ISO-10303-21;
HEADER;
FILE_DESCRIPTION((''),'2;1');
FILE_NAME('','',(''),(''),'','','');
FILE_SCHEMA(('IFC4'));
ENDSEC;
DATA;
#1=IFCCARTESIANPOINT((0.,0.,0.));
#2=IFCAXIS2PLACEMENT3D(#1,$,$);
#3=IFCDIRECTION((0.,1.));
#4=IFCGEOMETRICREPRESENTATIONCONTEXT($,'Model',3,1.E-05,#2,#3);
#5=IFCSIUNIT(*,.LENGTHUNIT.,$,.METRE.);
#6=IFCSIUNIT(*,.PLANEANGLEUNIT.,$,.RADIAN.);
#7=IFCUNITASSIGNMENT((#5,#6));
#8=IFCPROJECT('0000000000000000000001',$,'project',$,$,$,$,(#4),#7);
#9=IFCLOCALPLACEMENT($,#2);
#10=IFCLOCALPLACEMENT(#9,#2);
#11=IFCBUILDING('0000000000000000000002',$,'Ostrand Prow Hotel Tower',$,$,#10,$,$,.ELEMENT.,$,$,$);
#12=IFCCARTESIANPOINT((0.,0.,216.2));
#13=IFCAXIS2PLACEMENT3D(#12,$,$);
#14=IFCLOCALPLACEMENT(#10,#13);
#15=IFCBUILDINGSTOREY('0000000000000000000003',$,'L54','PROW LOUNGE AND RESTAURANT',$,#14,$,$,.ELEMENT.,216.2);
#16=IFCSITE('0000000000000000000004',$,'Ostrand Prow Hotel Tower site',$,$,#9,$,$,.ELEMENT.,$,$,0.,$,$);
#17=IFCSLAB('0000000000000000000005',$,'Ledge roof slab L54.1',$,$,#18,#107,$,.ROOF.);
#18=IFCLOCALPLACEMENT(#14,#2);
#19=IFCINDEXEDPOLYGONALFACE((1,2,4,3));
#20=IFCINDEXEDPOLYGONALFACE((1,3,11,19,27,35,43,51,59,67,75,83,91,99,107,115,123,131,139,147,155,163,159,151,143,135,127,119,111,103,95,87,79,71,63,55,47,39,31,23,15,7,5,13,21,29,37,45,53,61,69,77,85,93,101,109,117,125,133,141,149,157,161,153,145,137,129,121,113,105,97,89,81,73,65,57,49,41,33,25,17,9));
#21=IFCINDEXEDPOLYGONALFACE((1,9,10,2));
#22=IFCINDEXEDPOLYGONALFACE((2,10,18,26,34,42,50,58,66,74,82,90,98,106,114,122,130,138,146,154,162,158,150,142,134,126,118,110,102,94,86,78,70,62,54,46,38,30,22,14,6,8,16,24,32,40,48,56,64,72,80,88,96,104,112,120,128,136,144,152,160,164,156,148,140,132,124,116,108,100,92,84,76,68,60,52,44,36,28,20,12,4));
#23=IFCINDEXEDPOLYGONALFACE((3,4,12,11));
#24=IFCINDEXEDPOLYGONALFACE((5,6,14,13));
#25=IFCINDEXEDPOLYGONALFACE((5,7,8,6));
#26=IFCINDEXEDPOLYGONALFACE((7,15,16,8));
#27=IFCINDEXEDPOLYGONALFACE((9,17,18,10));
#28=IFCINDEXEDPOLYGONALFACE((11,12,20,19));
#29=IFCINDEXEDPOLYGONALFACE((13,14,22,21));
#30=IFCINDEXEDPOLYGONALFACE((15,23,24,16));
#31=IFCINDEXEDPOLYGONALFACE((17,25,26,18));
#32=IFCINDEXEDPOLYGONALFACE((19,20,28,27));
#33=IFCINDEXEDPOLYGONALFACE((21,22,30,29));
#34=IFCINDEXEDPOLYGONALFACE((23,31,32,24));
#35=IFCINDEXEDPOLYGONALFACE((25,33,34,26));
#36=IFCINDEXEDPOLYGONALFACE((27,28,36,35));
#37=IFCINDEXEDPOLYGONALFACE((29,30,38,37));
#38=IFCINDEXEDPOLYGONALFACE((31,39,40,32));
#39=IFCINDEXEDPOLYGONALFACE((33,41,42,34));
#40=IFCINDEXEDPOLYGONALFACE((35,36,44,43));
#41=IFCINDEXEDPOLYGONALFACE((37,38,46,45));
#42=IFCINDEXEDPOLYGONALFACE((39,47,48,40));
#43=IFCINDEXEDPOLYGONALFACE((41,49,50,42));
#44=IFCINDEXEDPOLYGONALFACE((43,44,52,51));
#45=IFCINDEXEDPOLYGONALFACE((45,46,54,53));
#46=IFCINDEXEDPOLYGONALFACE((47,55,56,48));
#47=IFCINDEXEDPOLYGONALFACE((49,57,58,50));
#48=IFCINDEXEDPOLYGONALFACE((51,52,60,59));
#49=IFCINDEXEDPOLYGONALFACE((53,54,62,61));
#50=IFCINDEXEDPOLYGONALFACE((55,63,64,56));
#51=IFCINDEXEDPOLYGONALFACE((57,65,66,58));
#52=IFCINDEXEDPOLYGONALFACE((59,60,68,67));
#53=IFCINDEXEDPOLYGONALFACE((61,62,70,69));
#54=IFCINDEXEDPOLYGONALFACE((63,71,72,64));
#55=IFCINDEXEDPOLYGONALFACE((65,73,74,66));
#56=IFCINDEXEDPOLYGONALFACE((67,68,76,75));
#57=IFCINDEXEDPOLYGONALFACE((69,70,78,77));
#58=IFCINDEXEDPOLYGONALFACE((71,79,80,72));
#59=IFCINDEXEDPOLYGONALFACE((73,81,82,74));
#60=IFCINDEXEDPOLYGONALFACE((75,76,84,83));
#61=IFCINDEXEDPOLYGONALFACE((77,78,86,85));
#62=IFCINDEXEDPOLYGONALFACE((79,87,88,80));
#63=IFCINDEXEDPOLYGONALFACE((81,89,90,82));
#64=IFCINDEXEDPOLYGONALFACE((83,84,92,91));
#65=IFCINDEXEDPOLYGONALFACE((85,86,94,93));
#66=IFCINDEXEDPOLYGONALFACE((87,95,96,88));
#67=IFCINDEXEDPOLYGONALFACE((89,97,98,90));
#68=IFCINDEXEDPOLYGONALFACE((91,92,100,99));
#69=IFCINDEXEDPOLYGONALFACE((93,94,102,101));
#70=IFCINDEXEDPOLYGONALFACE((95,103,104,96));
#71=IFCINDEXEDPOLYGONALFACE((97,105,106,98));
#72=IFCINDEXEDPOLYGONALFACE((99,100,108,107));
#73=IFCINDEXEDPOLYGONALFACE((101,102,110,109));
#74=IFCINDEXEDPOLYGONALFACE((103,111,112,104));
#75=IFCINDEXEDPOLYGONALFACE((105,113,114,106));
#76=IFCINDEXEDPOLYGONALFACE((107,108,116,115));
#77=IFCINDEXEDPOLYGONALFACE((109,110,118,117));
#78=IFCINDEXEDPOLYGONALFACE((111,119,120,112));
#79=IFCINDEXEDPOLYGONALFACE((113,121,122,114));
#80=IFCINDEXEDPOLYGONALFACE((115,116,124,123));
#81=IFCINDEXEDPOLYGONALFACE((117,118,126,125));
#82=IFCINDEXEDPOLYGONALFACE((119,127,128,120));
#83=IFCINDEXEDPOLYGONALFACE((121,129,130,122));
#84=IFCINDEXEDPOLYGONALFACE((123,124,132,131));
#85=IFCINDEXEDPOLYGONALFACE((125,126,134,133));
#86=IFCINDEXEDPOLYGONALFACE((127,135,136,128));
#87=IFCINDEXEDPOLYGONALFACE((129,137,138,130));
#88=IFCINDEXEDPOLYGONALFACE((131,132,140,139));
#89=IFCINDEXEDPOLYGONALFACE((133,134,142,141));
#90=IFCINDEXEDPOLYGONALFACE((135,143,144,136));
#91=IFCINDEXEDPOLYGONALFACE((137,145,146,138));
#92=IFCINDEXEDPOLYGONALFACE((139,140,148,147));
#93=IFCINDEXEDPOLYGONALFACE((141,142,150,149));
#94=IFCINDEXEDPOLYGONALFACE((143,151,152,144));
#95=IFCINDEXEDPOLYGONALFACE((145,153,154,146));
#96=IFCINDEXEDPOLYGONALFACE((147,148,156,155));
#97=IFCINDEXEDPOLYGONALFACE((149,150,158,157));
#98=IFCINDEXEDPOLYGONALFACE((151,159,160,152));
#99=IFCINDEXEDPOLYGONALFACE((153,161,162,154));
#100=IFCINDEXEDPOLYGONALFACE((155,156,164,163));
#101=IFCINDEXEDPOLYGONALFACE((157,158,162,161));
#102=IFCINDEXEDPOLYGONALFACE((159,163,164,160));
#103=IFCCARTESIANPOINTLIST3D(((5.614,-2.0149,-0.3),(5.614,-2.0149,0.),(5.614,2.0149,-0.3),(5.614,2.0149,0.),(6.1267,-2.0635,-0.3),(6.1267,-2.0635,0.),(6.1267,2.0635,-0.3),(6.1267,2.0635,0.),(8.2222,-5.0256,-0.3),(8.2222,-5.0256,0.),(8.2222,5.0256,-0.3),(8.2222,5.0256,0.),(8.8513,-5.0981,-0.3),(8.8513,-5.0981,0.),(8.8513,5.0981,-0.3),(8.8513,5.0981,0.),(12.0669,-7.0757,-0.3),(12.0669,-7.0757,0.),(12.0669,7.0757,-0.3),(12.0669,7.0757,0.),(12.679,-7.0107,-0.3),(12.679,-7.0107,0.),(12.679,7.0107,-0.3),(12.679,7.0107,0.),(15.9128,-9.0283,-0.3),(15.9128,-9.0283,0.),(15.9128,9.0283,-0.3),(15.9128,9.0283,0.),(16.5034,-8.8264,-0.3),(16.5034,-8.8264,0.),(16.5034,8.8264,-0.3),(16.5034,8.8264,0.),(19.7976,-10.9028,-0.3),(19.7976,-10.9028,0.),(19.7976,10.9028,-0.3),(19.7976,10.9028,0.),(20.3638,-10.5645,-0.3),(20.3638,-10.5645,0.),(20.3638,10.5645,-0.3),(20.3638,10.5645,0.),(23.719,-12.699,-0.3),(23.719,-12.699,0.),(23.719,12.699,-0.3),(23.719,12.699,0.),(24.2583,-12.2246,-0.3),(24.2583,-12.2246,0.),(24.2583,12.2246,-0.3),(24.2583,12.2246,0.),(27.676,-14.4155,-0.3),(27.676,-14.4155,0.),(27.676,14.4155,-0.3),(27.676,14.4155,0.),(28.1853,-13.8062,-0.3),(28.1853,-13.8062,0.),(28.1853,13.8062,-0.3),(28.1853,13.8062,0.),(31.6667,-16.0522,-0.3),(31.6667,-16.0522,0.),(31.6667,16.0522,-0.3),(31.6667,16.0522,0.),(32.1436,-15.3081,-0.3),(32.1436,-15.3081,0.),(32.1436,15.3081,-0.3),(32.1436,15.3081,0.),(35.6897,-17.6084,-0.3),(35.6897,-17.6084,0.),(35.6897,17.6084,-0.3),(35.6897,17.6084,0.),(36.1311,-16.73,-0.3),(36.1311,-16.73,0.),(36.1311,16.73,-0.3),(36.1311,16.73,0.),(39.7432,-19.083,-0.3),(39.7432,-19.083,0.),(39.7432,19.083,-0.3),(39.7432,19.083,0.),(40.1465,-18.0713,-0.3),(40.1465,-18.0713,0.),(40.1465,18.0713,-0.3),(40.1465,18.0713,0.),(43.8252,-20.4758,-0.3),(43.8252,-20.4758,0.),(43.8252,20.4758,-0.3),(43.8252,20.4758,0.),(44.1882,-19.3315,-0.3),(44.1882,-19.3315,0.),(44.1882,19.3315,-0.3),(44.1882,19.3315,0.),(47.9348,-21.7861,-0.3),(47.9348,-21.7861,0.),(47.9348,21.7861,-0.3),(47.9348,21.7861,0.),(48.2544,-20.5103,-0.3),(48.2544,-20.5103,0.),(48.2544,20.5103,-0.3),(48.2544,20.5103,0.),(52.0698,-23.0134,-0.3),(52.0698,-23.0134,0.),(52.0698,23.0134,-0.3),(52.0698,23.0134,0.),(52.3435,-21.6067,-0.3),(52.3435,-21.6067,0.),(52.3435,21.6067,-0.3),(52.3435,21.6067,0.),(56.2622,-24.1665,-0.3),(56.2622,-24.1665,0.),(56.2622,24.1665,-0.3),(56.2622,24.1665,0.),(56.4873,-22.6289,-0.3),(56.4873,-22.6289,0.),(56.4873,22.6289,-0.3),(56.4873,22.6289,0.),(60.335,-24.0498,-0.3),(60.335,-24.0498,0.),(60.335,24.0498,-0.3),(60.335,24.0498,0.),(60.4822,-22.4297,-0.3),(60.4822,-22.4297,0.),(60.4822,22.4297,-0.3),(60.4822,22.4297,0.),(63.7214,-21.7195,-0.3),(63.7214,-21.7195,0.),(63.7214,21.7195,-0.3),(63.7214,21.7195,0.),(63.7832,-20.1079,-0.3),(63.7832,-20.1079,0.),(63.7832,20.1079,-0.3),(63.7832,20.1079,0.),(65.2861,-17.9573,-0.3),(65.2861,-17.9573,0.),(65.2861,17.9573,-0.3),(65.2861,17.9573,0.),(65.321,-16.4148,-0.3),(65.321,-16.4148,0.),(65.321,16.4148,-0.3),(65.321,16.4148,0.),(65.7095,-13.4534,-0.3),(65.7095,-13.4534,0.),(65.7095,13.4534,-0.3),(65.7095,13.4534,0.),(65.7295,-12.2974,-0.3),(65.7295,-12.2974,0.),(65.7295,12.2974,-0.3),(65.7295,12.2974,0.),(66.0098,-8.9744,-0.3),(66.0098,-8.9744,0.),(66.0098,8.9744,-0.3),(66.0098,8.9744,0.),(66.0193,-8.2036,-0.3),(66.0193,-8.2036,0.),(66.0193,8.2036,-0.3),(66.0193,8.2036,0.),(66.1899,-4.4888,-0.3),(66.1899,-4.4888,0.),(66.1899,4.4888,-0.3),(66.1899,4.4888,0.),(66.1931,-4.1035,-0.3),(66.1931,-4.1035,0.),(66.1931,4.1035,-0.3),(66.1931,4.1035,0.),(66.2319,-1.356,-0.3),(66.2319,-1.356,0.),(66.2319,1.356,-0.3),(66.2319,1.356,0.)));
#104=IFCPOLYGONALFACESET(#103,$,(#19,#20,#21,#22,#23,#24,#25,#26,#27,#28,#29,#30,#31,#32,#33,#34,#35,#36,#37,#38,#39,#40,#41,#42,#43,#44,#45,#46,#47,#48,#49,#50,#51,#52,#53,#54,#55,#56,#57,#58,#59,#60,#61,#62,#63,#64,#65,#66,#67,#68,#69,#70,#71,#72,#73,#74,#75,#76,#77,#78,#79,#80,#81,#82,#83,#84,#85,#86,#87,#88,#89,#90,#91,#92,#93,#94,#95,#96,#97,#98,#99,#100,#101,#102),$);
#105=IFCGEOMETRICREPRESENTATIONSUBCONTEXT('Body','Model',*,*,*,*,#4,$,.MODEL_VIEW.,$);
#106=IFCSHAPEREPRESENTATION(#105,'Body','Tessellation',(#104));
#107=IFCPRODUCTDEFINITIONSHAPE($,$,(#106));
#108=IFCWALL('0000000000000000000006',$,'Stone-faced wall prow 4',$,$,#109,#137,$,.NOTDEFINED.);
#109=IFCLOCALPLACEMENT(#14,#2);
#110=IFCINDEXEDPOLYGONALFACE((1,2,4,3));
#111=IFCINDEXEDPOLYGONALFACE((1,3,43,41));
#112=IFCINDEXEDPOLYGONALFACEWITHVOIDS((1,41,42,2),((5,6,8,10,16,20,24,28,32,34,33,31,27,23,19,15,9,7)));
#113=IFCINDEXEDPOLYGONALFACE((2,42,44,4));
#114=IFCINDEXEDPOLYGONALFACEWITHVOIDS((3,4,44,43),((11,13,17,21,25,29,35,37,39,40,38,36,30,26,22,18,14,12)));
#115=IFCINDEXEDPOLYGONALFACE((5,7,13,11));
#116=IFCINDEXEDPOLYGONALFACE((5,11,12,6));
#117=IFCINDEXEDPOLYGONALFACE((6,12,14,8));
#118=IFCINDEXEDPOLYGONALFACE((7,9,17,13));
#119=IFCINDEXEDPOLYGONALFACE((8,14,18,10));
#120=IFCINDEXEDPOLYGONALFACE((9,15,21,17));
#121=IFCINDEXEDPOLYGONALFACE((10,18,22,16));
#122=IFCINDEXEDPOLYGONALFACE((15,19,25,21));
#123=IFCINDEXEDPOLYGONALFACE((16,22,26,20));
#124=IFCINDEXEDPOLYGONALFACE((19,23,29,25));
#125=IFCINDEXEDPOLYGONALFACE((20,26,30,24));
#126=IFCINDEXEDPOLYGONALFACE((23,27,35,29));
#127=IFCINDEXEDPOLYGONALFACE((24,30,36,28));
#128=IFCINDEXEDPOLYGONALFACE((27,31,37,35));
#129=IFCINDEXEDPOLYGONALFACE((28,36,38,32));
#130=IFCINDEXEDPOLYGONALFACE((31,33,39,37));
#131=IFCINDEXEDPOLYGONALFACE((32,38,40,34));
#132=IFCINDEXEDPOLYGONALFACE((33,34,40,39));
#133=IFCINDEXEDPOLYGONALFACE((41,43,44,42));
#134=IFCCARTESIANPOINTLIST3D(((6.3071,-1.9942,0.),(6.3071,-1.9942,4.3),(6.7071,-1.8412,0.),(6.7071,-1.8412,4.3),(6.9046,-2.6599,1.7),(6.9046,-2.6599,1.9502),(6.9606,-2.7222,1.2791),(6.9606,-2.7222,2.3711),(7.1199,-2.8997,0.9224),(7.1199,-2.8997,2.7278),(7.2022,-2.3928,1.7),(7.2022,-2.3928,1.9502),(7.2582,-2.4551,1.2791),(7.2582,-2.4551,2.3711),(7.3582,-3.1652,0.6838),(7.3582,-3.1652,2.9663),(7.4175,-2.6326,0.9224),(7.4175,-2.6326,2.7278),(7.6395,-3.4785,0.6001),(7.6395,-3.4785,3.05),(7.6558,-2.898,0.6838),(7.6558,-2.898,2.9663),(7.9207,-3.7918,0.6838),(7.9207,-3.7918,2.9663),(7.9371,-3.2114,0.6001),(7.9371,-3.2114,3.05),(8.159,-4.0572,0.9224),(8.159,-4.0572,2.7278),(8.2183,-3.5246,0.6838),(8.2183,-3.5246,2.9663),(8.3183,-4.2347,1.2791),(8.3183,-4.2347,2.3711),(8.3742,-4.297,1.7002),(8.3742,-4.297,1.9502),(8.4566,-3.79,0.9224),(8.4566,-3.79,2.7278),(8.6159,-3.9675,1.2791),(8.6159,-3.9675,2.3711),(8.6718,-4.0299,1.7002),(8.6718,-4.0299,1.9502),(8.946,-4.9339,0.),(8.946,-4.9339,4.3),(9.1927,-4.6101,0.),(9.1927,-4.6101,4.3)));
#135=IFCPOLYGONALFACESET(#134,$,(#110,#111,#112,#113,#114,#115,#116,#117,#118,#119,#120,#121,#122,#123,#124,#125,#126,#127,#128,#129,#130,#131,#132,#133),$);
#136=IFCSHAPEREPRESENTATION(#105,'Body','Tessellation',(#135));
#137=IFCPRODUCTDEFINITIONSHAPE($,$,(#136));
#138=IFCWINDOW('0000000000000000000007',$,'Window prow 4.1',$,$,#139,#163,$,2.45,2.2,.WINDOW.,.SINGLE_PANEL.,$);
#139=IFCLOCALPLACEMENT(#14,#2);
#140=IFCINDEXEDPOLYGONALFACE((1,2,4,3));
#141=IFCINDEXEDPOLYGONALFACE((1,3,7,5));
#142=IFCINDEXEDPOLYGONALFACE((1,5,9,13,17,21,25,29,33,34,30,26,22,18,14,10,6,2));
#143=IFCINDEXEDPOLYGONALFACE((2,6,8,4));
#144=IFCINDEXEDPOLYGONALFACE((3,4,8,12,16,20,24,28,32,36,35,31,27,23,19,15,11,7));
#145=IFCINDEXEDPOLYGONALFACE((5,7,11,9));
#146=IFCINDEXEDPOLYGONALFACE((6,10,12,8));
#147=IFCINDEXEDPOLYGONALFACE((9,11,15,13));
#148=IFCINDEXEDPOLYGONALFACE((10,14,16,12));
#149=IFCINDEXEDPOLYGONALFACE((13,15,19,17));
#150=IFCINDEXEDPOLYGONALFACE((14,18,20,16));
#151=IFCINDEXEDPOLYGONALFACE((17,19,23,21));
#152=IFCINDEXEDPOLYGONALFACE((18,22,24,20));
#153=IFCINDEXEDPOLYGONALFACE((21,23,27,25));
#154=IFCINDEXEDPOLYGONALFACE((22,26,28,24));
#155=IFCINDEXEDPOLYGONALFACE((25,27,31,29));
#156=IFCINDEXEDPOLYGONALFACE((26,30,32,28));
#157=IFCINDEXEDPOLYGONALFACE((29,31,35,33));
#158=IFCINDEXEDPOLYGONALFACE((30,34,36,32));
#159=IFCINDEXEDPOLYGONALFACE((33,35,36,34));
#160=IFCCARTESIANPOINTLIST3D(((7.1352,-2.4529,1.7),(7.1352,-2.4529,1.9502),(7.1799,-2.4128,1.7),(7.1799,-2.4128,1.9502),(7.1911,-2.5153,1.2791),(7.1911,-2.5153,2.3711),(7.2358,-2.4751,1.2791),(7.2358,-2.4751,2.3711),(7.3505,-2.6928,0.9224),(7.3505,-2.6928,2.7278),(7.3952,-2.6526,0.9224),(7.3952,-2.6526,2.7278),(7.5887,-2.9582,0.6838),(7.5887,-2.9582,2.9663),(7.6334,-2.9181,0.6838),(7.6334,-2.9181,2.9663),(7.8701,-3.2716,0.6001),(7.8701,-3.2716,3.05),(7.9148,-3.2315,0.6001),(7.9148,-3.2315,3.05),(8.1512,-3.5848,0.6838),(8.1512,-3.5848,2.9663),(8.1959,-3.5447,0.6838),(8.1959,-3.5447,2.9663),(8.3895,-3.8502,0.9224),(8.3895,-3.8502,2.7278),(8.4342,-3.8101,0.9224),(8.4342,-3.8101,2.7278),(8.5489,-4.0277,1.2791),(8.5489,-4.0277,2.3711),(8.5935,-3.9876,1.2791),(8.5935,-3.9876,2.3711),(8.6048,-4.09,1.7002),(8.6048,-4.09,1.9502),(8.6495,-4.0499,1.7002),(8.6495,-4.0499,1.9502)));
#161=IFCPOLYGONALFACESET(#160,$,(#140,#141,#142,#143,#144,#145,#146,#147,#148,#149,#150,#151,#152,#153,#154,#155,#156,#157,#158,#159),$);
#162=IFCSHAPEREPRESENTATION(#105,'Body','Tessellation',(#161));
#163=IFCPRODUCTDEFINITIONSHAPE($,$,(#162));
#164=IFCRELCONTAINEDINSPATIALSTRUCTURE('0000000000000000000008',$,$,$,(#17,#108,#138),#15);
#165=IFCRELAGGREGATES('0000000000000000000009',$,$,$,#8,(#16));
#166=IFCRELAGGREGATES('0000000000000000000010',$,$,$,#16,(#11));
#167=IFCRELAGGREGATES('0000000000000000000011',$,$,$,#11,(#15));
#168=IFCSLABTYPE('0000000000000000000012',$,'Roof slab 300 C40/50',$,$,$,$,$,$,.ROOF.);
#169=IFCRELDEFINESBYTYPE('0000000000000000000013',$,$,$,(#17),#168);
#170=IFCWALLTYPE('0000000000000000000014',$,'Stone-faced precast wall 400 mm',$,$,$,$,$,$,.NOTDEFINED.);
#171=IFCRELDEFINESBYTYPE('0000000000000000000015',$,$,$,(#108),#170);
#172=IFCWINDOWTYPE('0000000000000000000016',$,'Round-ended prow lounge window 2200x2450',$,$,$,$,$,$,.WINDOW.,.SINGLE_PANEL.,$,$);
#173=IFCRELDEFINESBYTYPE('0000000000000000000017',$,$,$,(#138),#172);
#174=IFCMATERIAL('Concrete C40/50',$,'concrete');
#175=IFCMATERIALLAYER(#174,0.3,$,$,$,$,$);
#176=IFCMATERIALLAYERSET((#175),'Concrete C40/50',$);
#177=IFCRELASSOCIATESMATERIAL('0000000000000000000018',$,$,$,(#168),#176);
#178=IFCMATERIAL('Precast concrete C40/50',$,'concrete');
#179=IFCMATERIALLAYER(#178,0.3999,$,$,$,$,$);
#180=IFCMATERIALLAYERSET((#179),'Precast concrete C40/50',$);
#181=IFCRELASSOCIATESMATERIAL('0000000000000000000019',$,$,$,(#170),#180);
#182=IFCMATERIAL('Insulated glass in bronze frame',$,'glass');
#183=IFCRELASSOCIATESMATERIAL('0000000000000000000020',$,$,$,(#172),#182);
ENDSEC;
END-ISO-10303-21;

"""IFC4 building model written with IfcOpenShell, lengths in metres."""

from ifc_helpers import new_model, si_unit, direction, frame, origin, place, context, subcontext, project, spatial, polyline, outline, extrude, material, layer, layer_set, type_object, element, fill, save


model = new_model("IFC4")

# Units and contexts
model_context = context("Model", 3, precision=1e-05, world=origin(), true_north=direction((0.0, 1.0)))
body_context = subcontext(model_context, "Body", "Model", "MODEL_VIEW")
ifc_project = project(units=[si_unit("LENGTHUNIT", "METRE"), si_unit("PLANEANGLEUNIT", "RADIAN")], contexts=[model_context])

# Site, building, storey
site_placement = place(None, origin())
site = spatial("IfcSite", under=ifc_project, at=site_placement, Name="Ostrand Prow Hotel Tower site", CompositionType="ELEMENT", RefElevation=0.0)
building_placement = place(site_placement, origin())
building = spatial("IfcBuilding", under=site, at=building_placement, Name="Ostrand Prow Hotel Tower", CompositionType="ELEMENT")
storey_placement = place(building_placement, frame((0.0, 0.0, 216.2)))
storey = spatial("IfcBuildingStorey", under=building, at=storey_placement, Name="L54", Description="PROW LOUNGE AND RESTAURANT", CompositionType="ELEMENT", Elevation=216.2)

# Slab
ifc_material_1 = material(Name="Concrete C40/50", Category="concrete")
ifc_layer_1 = layer(ifc_material_1, 0.3)
ifc_layer_set_1 = layer_set([ifc_layer_1], Name="Concrete C40/50")
slab_type_1 = type_object("IfcSlabType", Name="Roof slab 300 C40/50", PredefinedType="ROOF", material=ifc_layer_set_1)
slab_1_placement = place(storey_placement, frame((0.0, 0.0, -0.3)))
element("IfcSlab", 1, at=slab_1_placement, inside=storey, type_object=slab_type_1, Name="Ledge roof slab L54.1", PredefinedType="ROOF", context=body_context, shape_type="SweptSolid", body=[
    extrude(outline(polyline([(12.0669, 7.0757), (15.9128, 9.0283), (19.7976, 10.9028), (23.719, 12.699), (27.676, 14.4155), (31.6667, 16.0522), (35.6897, 17.6084), (39.7432, 19.083), (43.8252, 20.4758), (47.9348, 21.7861), (52.0698, 23.0134), (56.2622, 24.1665), (60.335, 24.0498), (63.7214, 21.7195), (65.2861, 17.9573), (65.7095, 13.4534), (66.0098, 8.9744), (66.1899, 4.4888), (66.2319, 1.356), (66.1931, 4.1035), (66.0193, 8.2036), (65.7295, 12.2974), (65.321, 16.4148), (63.7832, 20.1079), (60.4822, 22.4297), (56.4873, 22.6289), (52.3435, 21.6067), (48.2544, 20.5103), (44.1882, 19.3315), (40.1465, 18.0713), (36.1311, 16.73), (32.1436, 15.3081), (28.1853, 13.8062), (24.2583, 12.2246), (20.3638, 10.5645), (16.5034, 8.8264), (12.679, 7.0107), (8.8513, 5.0981), (6.1267, 2.0635), (6.1267, -2.0635), (8.8513, -5.0981), (12.679, -7.0107), (16.5034, -8.8264), (20.3638, -10.5645), (24.2583, -12.2246), (28.1853, -13.8062), (32.1436, -15.3081), (36.1311, -16.73), (40.1465, -18.0713), (44.1882, -19.3315), (48.2544, -20.5103), (52.3435, -21.6067), (56.4873, -22.6289), (60.4822, -22.4297), (63.7832, -20.1079), (65.321, -16.4148), (65.7295, -12.2974), (66.0193, -8.2036), (66.1931, -4.1035), (66.2319, -1.356), (66.1899, -4.4888), (66.0098, -8.9744), (65.7095, -13.4534), (65.2861, -17.9573), (63.7214, -21.7195), (60.335, -24.0498), (56.2622, -24.1665), (52.0698, -23.0134), (47.9348, -21.7861), (43.8252, -20.4758), (39.7432, -19.083), (35.6897, -17.6084), (31.6667, -16.0522), (27.676, -14.4155), (23.719, -12.699), (19.7976, -10.9028), (15.9128, -9.0283), (12.0669, -7.0757), (8.2222, -5.0256), (5.614, -2.0149), (5.614, 2.0149), (8.2222, 5.0256), (12.0669, 7.0757)])), origin(), (0.0, 0.0, 1.0), 0.3),
])

# Wall, opening, window
ifc_material_2 = material(Name="Precast concrete C40/50", Category="concrete")
ifc_layer_2 = layer(ifc_material_2, 0.3999)
ifc_layer_set_2 = layer_set([ifc_layer_2], Name="Precast concrete C40/50")
wall_type = type_object("IfcWallType", Name="Stone-faced precast wall 400 mm", PredefinedType="NOTDEFINED", material=ifc_layer_set_2)
wall_1_placement = place(storey_placement, frame((6.5071, -1.9177, 0.0), z_axis=(0.0, 0.0, 1.0), x_axis=(0.668018, -0.744145, 0.0)))
wall_1 = element("IfcWall", 2, at=wall_1_placement, inside=storey, type_object=wall_type, Name="Stone-faced wall prow 4", PredefinedType="NOTDEFINED", context=body_context, shape_type="SweptSolid", body=[
    extrude(outline(polyline([(-0.0767, -0.2), (3.8738, -0.2), (3.7976, 0.2), (0.0767, 0.2), (-0.0767, -0.2)])), origin(), (0.0, 0.0, 1.0), 4.3),
])
opening_1_placement = place(wall_1_placement, frame((0.8179, 0.0, 0.6001)))
opening_1 = element("IfcOpeningElement", 3, at=opening_1_placement, cuts=wall_1, PredefinedType="OPENING", context=body_context, shape_type="SweptSolid", body=[
    extrude(outline(polyline([(0.0, 1.3501), (0.0837, 1.771), (0.3223, 2.1277), (0.679, 2.3662), (1.1001, 2.45), (1.521, 2.3662), (1.8777, 2.1277), (2.1162, 1.771), (2.2, 1.3501), (2.2, 1.1001), (2.1162, 0.679), (1.8777, 0.3223), (1.521, 0.0837), (1.1001, 0.0), (0.679, 0.0837), (0.3223, 0.3223), (0.0837, 0.679), (0.0, 1.0999), (0.0, 1.3501)])), frame((0.0, 0.21, 0.0), z_axis=(0.0, -1.0, 0.0), x_axis=(1.0, 0.0, 0.0)), (0.0, 0.0, 1.0), 0.4199),
])
ifc_material_3 = material(Name="Insulated glass in bronze frame", Category="glass")
window_type = type_object("IfcWindowType", Name="Round-ended prow lounge window 2200x2450", PartitioningType="SINGLE_PANEL", PredefinedType="WINDOW", material=ifc_material_3)
window_1_placement = place(opening_1_placement, origin())
window_1 = element("IfcWindow", 4, at=window_1_placement, inside=storey, type_object=window_type, Name="Window prow 4.1", OverallHeight=2.45, OverallWidth=2.2, PartitioningType="SINGLE_PANEL", PredefinedType="WINDOW", context=body_context, shape_type="SweptSolid", body=[
    extrude(outline(polyline([(0.0, 1.3501), (0.0837, 1.771), (0.3223, 2.1277), (0.679, 2.3662), (1.1001, 2.45), (1.521, 2.3662), (1.8777, 2.1277), (2.1162, 1.771), (2.2, 1.3501), (2.2, 1.1001), (2.1162, 0.679), (1.8777, 0.3223), (1.521, 0.0837), (1.1001, 0.0), (0.679, 0.0837), (0.3223, 0.3223), (0.0837, 0.679), (0.0, 1.0999), (0.0, 1.3501)])), frame((0.0, 0.1699, 0.0), z_axis=(0.0, -1.0, 0.0), x_axis=(1.0, 0.0, 0.0)), (0.0, 0.0, 1.0), 0.0601),
])
fill(opening_1, window_1)

save(model, "model.ifc")
